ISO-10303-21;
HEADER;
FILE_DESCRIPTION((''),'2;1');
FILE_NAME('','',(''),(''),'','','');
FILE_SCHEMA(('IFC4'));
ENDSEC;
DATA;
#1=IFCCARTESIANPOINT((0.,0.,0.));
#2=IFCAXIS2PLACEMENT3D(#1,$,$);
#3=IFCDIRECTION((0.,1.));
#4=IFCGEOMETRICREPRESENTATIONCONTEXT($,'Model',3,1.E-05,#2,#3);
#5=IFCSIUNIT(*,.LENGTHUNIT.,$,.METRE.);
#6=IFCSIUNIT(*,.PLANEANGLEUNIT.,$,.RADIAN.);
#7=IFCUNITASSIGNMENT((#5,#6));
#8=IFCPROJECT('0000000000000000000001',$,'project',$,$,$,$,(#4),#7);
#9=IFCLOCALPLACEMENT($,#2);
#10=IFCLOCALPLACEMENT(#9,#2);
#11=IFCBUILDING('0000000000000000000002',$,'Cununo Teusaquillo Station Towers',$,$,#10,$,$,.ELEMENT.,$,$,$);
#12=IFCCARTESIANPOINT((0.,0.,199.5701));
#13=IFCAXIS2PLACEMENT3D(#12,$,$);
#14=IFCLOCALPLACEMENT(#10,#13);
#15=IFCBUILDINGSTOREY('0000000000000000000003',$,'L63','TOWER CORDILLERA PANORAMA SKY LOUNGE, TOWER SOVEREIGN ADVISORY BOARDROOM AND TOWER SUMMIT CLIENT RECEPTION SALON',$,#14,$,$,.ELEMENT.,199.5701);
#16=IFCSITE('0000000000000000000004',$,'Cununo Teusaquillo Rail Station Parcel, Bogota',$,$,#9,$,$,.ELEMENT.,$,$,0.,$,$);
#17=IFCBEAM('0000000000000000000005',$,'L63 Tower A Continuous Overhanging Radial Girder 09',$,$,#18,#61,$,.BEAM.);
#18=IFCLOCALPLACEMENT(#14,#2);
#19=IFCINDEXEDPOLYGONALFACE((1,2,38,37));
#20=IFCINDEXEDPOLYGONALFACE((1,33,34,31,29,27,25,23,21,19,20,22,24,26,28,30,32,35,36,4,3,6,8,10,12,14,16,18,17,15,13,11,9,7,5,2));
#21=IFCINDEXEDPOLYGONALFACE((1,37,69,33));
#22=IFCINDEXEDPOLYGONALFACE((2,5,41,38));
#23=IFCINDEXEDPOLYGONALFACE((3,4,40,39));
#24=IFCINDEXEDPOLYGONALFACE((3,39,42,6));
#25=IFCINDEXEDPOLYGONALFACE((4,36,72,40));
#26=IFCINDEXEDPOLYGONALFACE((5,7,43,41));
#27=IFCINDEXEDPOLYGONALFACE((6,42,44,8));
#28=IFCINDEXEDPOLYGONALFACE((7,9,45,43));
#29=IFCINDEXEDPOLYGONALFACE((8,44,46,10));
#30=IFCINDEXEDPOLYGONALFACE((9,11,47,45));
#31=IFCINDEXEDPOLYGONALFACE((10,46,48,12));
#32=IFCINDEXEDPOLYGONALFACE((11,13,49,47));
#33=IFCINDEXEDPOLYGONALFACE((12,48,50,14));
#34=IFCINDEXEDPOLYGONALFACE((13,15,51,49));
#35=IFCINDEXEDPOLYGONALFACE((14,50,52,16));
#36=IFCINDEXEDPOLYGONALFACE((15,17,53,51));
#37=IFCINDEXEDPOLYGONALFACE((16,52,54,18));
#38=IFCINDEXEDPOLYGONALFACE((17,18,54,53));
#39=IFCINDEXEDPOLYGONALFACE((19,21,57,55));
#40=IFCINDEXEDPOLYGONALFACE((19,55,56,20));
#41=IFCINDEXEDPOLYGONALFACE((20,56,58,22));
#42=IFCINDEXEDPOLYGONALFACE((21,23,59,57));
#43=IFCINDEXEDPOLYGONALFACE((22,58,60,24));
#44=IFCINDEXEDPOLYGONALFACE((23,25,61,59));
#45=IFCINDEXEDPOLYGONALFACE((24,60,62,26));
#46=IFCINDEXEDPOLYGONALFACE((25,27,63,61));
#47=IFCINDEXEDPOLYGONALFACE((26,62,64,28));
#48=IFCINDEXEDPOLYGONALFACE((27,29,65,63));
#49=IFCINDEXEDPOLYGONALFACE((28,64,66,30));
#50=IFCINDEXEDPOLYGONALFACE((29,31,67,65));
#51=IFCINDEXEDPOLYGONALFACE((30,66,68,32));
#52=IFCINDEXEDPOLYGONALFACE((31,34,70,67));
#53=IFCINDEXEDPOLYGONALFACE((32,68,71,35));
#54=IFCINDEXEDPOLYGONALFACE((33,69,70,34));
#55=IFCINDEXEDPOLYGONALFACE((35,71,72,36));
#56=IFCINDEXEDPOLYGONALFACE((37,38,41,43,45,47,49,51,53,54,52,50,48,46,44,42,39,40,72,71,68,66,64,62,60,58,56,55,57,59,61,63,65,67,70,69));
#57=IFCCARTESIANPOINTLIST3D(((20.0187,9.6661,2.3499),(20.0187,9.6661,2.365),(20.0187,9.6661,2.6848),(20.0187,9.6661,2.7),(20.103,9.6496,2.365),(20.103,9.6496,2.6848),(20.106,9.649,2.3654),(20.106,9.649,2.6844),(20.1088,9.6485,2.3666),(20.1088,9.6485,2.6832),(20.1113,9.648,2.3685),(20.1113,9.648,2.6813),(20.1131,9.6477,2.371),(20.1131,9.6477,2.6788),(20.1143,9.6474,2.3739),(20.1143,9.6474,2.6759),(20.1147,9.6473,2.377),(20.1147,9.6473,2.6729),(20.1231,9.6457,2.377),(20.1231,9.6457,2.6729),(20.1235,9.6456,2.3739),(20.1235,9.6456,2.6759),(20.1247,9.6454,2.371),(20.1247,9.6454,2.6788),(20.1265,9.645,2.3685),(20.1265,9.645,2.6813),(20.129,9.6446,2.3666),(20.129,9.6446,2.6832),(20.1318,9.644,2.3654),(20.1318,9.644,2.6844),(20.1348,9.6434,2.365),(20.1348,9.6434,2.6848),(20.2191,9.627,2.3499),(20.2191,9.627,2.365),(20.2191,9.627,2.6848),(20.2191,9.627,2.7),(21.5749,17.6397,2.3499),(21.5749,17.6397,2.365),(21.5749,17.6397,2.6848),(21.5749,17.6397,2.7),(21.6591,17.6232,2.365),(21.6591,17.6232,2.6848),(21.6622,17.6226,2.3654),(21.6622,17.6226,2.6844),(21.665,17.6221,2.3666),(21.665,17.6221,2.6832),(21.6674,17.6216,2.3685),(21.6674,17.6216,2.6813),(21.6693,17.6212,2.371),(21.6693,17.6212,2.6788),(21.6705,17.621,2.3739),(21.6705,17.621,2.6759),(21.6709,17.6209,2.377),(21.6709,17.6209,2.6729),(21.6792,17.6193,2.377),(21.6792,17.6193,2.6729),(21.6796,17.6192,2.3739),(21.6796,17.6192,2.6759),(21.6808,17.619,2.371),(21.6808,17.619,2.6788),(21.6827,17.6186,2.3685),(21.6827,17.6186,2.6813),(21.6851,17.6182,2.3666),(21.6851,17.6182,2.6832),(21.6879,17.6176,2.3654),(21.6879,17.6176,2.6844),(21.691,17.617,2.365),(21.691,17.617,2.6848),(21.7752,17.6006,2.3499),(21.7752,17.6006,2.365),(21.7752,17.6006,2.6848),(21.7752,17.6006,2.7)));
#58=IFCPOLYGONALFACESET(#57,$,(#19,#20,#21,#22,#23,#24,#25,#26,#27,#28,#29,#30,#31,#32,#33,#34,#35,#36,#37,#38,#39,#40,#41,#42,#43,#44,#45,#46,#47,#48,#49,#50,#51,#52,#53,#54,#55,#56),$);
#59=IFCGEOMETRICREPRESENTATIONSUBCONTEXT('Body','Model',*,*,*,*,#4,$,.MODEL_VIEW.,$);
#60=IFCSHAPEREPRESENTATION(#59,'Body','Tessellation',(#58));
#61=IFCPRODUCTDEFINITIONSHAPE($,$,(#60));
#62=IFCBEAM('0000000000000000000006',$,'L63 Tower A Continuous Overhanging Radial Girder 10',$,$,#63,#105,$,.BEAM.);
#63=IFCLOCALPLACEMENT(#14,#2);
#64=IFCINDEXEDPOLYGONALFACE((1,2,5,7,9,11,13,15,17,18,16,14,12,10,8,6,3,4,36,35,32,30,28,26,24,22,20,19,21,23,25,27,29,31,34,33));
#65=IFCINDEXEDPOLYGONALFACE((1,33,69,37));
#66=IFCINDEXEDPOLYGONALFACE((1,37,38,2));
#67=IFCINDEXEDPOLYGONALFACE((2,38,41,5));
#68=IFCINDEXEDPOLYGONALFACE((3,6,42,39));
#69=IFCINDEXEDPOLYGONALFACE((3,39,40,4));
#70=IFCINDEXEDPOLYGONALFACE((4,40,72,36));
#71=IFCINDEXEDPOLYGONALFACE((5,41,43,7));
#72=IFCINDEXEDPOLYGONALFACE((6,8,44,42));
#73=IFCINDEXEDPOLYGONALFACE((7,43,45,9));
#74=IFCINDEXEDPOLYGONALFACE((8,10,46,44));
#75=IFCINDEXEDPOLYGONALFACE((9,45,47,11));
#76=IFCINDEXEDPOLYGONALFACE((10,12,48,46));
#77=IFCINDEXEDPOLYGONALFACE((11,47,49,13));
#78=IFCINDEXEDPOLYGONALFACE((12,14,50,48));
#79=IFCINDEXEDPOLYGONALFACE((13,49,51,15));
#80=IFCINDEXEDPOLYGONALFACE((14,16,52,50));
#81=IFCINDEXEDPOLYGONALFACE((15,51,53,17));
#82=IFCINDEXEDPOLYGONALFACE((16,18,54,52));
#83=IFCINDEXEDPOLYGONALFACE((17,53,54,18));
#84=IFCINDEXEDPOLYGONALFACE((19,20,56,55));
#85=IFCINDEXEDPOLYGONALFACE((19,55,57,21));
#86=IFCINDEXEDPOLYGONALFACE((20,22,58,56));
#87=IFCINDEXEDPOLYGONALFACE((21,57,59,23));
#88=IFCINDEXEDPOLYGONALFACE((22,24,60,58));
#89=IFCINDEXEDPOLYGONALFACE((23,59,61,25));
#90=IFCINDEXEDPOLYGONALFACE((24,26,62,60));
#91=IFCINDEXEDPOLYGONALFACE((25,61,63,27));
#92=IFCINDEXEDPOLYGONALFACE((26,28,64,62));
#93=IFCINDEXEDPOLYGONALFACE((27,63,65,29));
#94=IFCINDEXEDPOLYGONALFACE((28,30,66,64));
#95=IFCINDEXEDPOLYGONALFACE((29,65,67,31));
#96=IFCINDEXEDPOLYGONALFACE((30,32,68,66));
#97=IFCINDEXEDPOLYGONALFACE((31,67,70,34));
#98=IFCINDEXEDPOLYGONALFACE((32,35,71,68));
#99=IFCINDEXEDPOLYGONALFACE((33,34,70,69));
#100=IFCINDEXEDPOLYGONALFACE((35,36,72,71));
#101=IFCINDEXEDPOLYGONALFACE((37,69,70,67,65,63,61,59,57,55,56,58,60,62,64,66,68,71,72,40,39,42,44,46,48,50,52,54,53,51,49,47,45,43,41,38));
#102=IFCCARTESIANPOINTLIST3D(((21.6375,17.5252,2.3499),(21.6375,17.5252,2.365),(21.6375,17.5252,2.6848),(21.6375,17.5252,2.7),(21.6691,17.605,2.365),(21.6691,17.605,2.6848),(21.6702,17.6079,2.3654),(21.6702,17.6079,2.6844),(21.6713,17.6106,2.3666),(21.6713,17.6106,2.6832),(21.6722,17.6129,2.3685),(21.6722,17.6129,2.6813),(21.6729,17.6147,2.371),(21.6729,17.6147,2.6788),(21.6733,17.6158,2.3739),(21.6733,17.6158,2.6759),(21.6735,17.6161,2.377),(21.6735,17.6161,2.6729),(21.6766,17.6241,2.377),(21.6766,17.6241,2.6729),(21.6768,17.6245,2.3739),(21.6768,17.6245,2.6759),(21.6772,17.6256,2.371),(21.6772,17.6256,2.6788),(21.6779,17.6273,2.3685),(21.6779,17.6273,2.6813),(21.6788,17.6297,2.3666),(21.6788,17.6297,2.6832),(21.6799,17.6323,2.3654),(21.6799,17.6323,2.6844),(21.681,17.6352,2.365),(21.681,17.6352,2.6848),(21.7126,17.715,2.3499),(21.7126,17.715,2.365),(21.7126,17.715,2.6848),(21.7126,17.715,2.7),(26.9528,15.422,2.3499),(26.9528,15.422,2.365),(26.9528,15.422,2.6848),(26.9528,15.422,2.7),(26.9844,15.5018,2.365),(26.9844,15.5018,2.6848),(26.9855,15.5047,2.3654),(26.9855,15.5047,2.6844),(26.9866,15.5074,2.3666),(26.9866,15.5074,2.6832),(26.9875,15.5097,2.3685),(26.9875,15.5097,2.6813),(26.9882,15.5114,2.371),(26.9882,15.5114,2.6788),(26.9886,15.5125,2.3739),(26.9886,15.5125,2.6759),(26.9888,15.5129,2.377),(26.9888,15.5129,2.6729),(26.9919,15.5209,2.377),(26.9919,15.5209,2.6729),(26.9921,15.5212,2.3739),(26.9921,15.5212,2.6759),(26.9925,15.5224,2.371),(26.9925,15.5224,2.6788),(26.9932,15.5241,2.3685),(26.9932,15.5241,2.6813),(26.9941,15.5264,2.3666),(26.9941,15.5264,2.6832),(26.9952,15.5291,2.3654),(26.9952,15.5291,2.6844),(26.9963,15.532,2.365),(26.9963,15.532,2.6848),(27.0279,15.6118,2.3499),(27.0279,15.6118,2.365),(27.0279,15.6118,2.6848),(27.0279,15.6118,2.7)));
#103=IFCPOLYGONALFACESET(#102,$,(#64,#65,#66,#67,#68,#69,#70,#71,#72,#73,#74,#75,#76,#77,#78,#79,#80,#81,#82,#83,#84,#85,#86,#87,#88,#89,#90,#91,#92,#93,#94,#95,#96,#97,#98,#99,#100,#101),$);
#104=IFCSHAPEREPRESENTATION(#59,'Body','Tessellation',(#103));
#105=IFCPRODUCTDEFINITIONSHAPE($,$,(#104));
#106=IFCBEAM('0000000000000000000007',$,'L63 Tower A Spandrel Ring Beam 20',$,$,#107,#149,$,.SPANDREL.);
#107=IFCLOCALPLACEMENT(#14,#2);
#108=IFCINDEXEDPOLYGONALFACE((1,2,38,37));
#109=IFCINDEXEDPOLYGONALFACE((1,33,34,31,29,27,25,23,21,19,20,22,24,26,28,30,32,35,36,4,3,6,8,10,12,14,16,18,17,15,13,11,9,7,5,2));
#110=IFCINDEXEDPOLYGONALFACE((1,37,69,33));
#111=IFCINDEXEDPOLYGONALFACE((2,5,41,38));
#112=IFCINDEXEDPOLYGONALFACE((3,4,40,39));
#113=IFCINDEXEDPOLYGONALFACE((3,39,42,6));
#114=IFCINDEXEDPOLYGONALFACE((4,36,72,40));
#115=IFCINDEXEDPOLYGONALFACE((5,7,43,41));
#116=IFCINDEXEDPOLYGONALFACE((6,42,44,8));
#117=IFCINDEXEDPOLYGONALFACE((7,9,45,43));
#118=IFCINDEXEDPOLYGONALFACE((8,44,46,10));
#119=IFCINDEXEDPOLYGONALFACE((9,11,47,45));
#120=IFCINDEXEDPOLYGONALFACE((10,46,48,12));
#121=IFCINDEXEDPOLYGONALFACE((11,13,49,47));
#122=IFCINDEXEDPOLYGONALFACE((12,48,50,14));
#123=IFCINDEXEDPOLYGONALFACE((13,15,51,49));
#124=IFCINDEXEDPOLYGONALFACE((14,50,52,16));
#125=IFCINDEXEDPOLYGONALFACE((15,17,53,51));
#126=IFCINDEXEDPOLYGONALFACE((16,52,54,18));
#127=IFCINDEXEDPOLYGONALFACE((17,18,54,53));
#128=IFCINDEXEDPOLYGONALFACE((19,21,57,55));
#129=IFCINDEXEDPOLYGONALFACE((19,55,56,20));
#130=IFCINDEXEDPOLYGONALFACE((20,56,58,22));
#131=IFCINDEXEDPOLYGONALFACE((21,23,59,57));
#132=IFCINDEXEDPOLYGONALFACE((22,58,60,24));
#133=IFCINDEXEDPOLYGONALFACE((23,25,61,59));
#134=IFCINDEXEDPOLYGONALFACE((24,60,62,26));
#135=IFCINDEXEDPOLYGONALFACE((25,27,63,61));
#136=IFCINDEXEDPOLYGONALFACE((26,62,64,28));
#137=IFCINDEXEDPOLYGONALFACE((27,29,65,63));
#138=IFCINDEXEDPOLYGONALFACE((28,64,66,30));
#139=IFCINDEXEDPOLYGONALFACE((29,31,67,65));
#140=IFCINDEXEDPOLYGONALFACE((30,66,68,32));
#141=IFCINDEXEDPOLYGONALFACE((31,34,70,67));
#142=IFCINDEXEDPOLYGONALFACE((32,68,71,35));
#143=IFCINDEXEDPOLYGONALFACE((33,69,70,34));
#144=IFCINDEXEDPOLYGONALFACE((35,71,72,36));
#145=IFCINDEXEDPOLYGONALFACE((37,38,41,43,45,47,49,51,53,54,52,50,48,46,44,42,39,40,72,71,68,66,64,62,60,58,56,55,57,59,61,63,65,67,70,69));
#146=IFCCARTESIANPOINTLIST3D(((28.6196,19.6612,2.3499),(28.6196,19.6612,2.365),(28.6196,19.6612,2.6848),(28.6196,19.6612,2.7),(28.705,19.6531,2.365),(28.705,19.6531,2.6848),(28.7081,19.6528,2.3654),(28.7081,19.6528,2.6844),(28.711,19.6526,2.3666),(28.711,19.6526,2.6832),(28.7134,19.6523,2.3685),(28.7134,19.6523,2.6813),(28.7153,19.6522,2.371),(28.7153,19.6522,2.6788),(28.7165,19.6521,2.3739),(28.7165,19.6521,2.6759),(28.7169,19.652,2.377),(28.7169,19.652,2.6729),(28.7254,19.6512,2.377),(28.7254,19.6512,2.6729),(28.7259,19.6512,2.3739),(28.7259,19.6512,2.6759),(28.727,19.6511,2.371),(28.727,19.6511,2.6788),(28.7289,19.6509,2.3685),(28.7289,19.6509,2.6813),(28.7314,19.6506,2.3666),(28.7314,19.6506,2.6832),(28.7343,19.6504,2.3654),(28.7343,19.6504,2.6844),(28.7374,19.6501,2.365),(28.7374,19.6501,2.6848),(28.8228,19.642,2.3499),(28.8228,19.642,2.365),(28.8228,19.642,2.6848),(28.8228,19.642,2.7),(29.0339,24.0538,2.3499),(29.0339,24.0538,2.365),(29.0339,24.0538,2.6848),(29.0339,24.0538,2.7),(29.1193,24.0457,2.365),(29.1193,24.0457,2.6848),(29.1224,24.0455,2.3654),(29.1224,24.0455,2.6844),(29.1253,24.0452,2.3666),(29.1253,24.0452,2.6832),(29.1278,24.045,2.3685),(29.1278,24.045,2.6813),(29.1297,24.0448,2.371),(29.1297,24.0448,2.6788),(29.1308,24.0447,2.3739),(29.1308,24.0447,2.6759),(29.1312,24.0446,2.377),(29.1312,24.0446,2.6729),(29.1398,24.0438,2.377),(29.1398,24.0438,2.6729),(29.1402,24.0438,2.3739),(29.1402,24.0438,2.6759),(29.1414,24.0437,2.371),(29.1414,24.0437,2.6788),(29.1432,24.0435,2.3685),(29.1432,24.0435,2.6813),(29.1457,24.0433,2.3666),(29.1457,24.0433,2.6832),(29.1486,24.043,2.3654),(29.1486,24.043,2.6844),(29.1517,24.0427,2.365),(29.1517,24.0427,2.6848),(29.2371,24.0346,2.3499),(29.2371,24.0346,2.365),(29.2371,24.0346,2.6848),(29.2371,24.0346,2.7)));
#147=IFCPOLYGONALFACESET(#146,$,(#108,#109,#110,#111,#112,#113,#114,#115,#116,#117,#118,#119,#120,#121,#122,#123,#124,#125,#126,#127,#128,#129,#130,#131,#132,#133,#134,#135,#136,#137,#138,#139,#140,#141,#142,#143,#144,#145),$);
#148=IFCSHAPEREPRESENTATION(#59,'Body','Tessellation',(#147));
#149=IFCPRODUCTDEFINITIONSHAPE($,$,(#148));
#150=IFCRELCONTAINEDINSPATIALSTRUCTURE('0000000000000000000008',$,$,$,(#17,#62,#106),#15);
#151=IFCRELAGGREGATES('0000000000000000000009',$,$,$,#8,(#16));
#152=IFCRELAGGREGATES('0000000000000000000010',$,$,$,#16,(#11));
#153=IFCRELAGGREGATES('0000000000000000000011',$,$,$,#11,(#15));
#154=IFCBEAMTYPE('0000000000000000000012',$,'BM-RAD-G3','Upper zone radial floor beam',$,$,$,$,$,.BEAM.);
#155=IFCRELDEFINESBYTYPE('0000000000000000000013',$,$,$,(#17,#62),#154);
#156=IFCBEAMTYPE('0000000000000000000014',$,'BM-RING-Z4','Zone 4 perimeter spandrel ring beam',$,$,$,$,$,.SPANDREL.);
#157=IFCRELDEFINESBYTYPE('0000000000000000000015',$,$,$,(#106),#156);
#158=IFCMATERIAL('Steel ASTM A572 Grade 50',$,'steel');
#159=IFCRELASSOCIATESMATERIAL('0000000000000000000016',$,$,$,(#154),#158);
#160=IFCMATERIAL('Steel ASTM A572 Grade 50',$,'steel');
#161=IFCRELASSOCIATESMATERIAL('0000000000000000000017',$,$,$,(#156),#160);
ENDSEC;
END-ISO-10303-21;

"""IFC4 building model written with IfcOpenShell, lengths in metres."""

from ifc_helpers import new_model, si_unit, direction, frame, origin, origin_2d, place, context, subcontext, project, spatial, i_section, extrude, material, material_profile, profile_set, type_object, element, save


model = new_model("IFC4")

# Units and contexts
model_context = context("Model", 3, precision=1e-05, world=origin(), true_north=direction((0.0, 1.0)))
body_context = subcontext(model_context, "Body", "Model", "MODEL_VIEW")
ifc_project = project(units=[si_unit("LENGTHUNIT", "METRE"), si_unit("PLANEANGLEUNIT", "RADIAN")], contexts=[model_context])

# Site, building, storey
site_placement = place(None, origin())
site = spatial("IfcSite", under=ifc_project, at=site_placement, Name="Cununo Teusaquillo Rail Station Parcel, Bogota", CompositionType="ELEMENT", RefElevation=0.0)
building_placement = place(site_placement, origin())
building = spatial("IfcBuilding", under=site, at=building_placement, Name="Cununo Teusaquillo Station Towers", CompositionType="ELEMENT")
storey_placement = place(building_placement, frame((0.0, 0.0, 199.5701)))
storey = spatial("IfcBuildingStorey", under=building, at=storey_placement, Name="L63", Description="TOWER CORDILLERA PANORAMA SKY LOUNGE, TOWER SOVEREIGN ADVISORY BOARDROOM AND TOWER SUMMIT CLIENT RECEPTION SALON", CompositionType="ELEMENT", Elevation=199.5701)

# Beams
ifc_material_1 = material(Name="Steel ASTM A572 Grade 50", Category="steel")
ifc_material_profile_1 = material_profile(ifc_material_1, i_section(OverallWidth=0.2041, OverallDepth=0.3501, WebThickness=0.0085, FlangeThickness=0.0151, FilletRadius=0.012, at=origin_2d()), Name="W14X48")
ifc_profile_set_1 = profile_set([ifc_material_profile_1], Name="Steel ASTM A572 Grade 50")
beam_type_1 = type_object("IfcBeamType", Name="BM-RAD-G3", Description="Upper zone radial floor beam", PredefinedType="BEAM", material=ifc_profile_set_1)
beam_1_placement = place(storey_placement, frame((21.675, 17.6201, 2.5249), z_axis=(-0.191548, -0.981483, 0.0), x_axis=(0.981483, -0.191548, 0.0)))
element("IfcBeam", 1, at=beam_1_placement, inside=storey, type_object=beam_type_1, Name="L63 Tower A Continuous Overhanging Radial Girder 09", PredefinedType="BEAM", context=body_context, shape_type="SweptSolid", body=[
    extrude(i_section(OverallWidth=0.2041, OverallDepth=0.3501, WebThickness=0.0085, FlangeThickness=0.0151, FilletRadius=0.012, at=origin_2d()), origin(), (0.0, 0.0, 1.0), 8.124),
])
beam_2_placement = place(storey_placement, frame((21.675, 17.6201, 2.5249), z_axis=(0.929852, -0.367935, 0.0), x_axis=(0.367935, 0.929852, 0.0)))
element("IfcBeam", 2, at=beam_2_placement, inside=storey, type_object=beam_type_1, Name="L63 Tower A Continuous Overhanging Radial Girder 10", PredefinedType="BEAM", context=body_context, shape_type="SweptSolid", body=[
    extrude(i_section(OverallWidth=0.2041, OverallDepth=0.3501, WebThickness=0.0085, FlangeThickness=0.0151, FilletRadius=0.012, at=origin_2d()), origin(), (0.0, 0.0, 1.0), 5.7163),
])
ifc_material_2 = material(Name="Steel ASTM A572 Grade 50", Category="steel")
ifc_material_profile_2 = material_profile(ifc_material_2, i_section(OverallWidth=0.2041, OverallDepth=0.3501, WebThickness=0.0085, FlangeThickness=0.0151, FilletRadius=0.012, at=origin_2d()), Name="W14X48")
ifc_profile_set_2 = profile_set([ifc_material_profile_2], Name="Steel ASTM A572 Grade 50")
beam_type_2 = type_object("IfcBeamType", Name="BM-RING-Z4", Description="Zone 4 perimeter spandrel ring beam", PredefinedType="SPANDREL", material=ifc_profile_set_2)
beam_3_placement = place(storey_placement, frame((28.7212, 19.6516, 2.5249), z_axis=(0.093903, 0.995581, 0.0), x_axis=(-0.995581, 0.093903, 0.0)))
element("IfcBeam", 3, at=beam_3_placement, inside=storey, type_object=beam_type_2, Name="L63 Tower A Spandrel Ring Beam 20", PredefinedType="SPANDREL", context=body_context, shape_type="SweptSolid", body=[
    extrude(i_section(OverallWidth=0.2041, OverallDepth=0.3501, WebThickness=0.0085, FlangeThickness=0.0151, FilletRadius=0.012, at=origin_2d()), origin(), (0.0, 0.0, 1.0), 4.4121),
])

save(model, "model.ifc")
